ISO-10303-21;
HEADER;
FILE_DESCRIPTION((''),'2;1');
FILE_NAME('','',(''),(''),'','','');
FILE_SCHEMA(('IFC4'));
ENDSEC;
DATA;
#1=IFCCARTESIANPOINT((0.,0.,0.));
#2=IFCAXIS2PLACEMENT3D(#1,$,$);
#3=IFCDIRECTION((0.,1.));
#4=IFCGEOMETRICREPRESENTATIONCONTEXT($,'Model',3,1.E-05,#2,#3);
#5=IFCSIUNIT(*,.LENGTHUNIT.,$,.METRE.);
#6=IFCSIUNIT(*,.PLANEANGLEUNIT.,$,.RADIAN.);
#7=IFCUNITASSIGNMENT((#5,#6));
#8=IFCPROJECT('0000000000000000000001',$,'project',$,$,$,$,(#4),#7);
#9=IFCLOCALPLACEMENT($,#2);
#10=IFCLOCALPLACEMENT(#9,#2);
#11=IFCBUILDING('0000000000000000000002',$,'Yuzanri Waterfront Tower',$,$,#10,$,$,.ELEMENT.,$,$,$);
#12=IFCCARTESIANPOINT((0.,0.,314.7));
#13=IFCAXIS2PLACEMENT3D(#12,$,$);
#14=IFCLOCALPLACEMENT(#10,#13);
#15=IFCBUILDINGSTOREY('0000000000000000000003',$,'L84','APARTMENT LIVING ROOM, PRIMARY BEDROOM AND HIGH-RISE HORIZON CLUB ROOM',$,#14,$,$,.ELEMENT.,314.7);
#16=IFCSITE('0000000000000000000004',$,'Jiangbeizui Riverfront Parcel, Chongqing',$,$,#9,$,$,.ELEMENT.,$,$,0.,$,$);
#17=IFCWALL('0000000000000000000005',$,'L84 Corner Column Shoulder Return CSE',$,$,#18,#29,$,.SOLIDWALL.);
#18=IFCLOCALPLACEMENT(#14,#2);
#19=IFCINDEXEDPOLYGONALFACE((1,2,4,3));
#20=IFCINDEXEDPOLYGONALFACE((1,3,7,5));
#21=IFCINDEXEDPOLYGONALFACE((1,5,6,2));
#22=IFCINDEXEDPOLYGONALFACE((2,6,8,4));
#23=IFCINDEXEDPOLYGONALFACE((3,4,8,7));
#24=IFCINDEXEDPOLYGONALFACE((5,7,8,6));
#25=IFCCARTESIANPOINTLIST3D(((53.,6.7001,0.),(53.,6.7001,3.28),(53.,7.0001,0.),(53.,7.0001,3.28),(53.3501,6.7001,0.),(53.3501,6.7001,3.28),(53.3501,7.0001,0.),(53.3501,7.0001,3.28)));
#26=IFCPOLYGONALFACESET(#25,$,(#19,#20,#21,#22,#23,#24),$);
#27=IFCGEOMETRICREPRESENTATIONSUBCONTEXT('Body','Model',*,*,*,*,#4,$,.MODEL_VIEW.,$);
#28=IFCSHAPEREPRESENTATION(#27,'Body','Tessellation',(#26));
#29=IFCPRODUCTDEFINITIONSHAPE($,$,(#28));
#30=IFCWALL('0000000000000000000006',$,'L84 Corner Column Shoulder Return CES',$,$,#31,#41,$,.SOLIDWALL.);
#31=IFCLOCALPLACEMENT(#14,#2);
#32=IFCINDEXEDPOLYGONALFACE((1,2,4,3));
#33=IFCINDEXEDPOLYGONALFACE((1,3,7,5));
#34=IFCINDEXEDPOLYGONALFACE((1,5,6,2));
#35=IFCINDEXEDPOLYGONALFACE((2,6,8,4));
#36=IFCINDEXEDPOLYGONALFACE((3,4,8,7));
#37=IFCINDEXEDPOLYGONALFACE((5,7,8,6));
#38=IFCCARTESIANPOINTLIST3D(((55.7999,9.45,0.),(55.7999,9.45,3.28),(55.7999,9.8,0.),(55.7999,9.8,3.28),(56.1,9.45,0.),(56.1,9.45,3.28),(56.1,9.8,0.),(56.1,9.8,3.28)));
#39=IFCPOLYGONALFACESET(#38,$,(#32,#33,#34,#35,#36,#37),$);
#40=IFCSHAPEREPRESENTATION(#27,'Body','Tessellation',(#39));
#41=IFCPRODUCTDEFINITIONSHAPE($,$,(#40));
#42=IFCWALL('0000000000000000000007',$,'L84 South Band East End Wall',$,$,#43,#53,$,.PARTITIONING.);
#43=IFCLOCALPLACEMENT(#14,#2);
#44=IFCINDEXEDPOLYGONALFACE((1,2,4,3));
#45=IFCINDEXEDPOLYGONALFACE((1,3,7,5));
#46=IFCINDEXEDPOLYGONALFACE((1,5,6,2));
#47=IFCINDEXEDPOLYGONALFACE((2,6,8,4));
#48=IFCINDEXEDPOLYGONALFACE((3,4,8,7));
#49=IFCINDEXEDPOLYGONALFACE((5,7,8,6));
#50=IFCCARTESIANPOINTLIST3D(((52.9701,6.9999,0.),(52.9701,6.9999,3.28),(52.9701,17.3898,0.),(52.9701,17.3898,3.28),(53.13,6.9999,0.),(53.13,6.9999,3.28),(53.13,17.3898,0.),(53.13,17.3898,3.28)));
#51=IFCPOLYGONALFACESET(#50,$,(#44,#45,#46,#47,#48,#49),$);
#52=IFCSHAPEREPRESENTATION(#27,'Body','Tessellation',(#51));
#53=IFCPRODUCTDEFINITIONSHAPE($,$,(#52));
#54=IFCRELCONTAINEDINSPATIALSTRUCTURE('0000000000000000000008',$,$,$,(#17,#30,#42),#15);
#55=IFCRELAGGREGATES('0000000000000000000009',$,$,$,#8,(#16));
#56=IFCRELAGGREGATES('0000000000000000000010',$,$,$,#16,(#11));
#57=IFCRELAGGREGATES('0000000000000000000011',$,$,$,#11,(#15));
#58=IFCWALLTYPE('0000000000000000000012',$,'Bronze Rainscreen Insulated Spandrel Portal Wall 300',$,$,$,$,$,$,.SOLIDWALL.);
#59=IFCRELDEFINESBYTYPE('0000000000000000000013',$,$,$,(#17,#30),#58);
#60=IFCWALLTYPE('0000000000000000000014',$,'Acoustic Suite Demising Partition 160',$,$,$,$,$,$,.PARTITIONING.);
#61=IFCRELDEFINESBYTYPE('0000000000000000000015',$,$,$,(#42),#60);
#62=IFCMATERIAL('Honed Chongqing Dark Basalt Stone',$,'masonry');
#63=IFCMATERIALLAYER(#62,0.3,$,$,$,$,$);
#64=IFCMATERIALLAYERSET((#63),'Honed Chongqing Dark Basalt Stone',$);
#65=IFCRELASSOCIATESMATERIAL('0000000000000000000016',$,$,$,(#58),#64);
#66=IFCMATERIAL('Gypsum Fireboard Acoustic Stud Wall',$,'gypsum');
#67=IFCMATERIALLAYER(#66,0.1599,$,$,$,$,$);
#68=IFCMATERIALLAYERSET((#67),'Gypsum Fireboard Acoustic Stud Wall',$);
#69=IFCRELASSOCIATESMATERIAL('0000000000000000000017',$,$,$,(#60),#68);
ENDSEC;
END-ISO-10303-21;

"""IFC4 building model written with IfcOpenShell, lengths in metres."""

from ifc_helpers import new_model, si_unit, direction, frame, frame_2d, origin, place, context, subcontext, project, spatial, rectangle, extrude, source, transform, mapped, material, layer, layer_set, type_object, element, save


model = new_model("IFC4")

# Units and contexts
model_context = context("Model", 3, precision=1e-05, world=origin(), true_north=direction((0.0, 1.0)))
body_context = subcontext(model_context, "Body", "Model", "MODEL_VIEW")
ifc_project = project(units=[si_unit("LENGTHUNIT", "METRE"), si_unit("PLANEANGLEUNIT", "RADIAN")], contexts=[model_context])

# Site, building, storey
site_placement = place(None, origin())
site = spatial("IfcSite", under=ifc_project, at=site_placement, Name="Jiangbeizui Riverfront Parcel, Chongqing", CompositionType="ELEMENT", RefElevation=0.0)
building_placement = place(site_placement, origin())
building = spatial("IfcBuilding", under=site, at=building_placement, Name="Yuzanri Waterfront Tower", CompositionType="ELEMENT")
storey_placement = place(building_placement, frame((0.0, 0.0, 314.7)))
storey = spatial("IfcBuildingStorey", under=building, at=storey_placement, Name="L84", Description="APARTMENT LIVING ROOM, PRIMARY BEDROOM AND HIGH-RISE HORIZON CLUB ROOM", CompositionType="ELEMENT", Elevation=314.7)

# Shared definitions
ifc_material_1 = material(Name="Honed Chongqing Dark Basalt Stone", Category="masonry")
ifc_layer_1 = layer(ifc_material_1, 0.3)
ifc_layer_set_1 = layer_set([ifc_layer_1], Name="Honed Chongqing Dark Basalt Stone")
wall_type_1 = type_object("IfcWallType", Name="Bronze Rainscreen Insulated Spandrel Portal Wall 300", PredefinedType="SOLIDWALL", material=ifc_layer_set_1)

# Walls
shared_shape_1 = source(origin(), body_context, "Body", "SweptSolid", [
    extrude(rectangle(XDim=0.3501, YDim=0.3, at=frame_2d((0.175, 0.0))), origin(), (0.0, 0.0, 1.0), 3.28),
])
for number, where, z_axis, x_axis, name in (
    (1, (53.0, 6.8501, 0.0), (0.0, 0.0, 1.0), (1.0, 0.0, 0.0), "L84 Corner Column Shoulder Return CSE"),
    (2, (55.95, 9.45, 0.0), (0.0, 0.0, 1.0), (0.0, 1.0, 0.0), "L84 Corner Column Shoulder Return CES"),
):
    element("IfcWall", number, at=place(storey_placement, frame(where, z_axis=z_axis, x_axis=x_axis)), inside=storey, type_object=wall_type_1, Name=name, PredefinedType="SOLIDWALL", context=body_context, shape_type="MappedRepresentation", body=[
        mapped(shared_shape_1, transform((0.0, 0.0, 0.0), scale=1.0)),
    ])
ifc_material_2 = material(Name="Gypsum Fireboard Acoustic Stud Wall", Category="gypsum")
ifc_layer_2 = layer(ifc_material_2, 0.1599)
ifc_layer_set_2 = layer_set([ifc_layer_2], Name="Gypsum Fireboard Acoustic Stud Wall")
wall_type_2 = type_object("IfcWallType", Name="Acoustic Suite Demising Partition 160", PredefinedType="PARTITIONING", material=ifc_layer_set_2)
shared_shape_2 = source(origin(), body_context, "Body", "SweptSolid", [
    extrude(rectangle(XDim=10.3899, YDim=0.1599, at=frame_2d((5.1948, 0.0))), origin(), (0.0, 0.0, 1.0), 3.28),
])
wall_1_placement = place(storey_placement, frame((53.05, 7.0, 0.0), z_axis=(0.0, 0.0, 1.0), x_axis=(0.0, 1.0, 0.0)))
element("IfcWall", 3, at=wall_1_placement, inside=storey, type_object=wall_type_2, Name="L84 South Band East End Wall", PredefinedType="PARTITIONING", context=body_context, shape_type="MappedRepresentation", body=[
    mapped(shared_shape_2, transform((0.0, 0.0, 0.0), scale=1.0)),
])

save(model, "model.ifc")
